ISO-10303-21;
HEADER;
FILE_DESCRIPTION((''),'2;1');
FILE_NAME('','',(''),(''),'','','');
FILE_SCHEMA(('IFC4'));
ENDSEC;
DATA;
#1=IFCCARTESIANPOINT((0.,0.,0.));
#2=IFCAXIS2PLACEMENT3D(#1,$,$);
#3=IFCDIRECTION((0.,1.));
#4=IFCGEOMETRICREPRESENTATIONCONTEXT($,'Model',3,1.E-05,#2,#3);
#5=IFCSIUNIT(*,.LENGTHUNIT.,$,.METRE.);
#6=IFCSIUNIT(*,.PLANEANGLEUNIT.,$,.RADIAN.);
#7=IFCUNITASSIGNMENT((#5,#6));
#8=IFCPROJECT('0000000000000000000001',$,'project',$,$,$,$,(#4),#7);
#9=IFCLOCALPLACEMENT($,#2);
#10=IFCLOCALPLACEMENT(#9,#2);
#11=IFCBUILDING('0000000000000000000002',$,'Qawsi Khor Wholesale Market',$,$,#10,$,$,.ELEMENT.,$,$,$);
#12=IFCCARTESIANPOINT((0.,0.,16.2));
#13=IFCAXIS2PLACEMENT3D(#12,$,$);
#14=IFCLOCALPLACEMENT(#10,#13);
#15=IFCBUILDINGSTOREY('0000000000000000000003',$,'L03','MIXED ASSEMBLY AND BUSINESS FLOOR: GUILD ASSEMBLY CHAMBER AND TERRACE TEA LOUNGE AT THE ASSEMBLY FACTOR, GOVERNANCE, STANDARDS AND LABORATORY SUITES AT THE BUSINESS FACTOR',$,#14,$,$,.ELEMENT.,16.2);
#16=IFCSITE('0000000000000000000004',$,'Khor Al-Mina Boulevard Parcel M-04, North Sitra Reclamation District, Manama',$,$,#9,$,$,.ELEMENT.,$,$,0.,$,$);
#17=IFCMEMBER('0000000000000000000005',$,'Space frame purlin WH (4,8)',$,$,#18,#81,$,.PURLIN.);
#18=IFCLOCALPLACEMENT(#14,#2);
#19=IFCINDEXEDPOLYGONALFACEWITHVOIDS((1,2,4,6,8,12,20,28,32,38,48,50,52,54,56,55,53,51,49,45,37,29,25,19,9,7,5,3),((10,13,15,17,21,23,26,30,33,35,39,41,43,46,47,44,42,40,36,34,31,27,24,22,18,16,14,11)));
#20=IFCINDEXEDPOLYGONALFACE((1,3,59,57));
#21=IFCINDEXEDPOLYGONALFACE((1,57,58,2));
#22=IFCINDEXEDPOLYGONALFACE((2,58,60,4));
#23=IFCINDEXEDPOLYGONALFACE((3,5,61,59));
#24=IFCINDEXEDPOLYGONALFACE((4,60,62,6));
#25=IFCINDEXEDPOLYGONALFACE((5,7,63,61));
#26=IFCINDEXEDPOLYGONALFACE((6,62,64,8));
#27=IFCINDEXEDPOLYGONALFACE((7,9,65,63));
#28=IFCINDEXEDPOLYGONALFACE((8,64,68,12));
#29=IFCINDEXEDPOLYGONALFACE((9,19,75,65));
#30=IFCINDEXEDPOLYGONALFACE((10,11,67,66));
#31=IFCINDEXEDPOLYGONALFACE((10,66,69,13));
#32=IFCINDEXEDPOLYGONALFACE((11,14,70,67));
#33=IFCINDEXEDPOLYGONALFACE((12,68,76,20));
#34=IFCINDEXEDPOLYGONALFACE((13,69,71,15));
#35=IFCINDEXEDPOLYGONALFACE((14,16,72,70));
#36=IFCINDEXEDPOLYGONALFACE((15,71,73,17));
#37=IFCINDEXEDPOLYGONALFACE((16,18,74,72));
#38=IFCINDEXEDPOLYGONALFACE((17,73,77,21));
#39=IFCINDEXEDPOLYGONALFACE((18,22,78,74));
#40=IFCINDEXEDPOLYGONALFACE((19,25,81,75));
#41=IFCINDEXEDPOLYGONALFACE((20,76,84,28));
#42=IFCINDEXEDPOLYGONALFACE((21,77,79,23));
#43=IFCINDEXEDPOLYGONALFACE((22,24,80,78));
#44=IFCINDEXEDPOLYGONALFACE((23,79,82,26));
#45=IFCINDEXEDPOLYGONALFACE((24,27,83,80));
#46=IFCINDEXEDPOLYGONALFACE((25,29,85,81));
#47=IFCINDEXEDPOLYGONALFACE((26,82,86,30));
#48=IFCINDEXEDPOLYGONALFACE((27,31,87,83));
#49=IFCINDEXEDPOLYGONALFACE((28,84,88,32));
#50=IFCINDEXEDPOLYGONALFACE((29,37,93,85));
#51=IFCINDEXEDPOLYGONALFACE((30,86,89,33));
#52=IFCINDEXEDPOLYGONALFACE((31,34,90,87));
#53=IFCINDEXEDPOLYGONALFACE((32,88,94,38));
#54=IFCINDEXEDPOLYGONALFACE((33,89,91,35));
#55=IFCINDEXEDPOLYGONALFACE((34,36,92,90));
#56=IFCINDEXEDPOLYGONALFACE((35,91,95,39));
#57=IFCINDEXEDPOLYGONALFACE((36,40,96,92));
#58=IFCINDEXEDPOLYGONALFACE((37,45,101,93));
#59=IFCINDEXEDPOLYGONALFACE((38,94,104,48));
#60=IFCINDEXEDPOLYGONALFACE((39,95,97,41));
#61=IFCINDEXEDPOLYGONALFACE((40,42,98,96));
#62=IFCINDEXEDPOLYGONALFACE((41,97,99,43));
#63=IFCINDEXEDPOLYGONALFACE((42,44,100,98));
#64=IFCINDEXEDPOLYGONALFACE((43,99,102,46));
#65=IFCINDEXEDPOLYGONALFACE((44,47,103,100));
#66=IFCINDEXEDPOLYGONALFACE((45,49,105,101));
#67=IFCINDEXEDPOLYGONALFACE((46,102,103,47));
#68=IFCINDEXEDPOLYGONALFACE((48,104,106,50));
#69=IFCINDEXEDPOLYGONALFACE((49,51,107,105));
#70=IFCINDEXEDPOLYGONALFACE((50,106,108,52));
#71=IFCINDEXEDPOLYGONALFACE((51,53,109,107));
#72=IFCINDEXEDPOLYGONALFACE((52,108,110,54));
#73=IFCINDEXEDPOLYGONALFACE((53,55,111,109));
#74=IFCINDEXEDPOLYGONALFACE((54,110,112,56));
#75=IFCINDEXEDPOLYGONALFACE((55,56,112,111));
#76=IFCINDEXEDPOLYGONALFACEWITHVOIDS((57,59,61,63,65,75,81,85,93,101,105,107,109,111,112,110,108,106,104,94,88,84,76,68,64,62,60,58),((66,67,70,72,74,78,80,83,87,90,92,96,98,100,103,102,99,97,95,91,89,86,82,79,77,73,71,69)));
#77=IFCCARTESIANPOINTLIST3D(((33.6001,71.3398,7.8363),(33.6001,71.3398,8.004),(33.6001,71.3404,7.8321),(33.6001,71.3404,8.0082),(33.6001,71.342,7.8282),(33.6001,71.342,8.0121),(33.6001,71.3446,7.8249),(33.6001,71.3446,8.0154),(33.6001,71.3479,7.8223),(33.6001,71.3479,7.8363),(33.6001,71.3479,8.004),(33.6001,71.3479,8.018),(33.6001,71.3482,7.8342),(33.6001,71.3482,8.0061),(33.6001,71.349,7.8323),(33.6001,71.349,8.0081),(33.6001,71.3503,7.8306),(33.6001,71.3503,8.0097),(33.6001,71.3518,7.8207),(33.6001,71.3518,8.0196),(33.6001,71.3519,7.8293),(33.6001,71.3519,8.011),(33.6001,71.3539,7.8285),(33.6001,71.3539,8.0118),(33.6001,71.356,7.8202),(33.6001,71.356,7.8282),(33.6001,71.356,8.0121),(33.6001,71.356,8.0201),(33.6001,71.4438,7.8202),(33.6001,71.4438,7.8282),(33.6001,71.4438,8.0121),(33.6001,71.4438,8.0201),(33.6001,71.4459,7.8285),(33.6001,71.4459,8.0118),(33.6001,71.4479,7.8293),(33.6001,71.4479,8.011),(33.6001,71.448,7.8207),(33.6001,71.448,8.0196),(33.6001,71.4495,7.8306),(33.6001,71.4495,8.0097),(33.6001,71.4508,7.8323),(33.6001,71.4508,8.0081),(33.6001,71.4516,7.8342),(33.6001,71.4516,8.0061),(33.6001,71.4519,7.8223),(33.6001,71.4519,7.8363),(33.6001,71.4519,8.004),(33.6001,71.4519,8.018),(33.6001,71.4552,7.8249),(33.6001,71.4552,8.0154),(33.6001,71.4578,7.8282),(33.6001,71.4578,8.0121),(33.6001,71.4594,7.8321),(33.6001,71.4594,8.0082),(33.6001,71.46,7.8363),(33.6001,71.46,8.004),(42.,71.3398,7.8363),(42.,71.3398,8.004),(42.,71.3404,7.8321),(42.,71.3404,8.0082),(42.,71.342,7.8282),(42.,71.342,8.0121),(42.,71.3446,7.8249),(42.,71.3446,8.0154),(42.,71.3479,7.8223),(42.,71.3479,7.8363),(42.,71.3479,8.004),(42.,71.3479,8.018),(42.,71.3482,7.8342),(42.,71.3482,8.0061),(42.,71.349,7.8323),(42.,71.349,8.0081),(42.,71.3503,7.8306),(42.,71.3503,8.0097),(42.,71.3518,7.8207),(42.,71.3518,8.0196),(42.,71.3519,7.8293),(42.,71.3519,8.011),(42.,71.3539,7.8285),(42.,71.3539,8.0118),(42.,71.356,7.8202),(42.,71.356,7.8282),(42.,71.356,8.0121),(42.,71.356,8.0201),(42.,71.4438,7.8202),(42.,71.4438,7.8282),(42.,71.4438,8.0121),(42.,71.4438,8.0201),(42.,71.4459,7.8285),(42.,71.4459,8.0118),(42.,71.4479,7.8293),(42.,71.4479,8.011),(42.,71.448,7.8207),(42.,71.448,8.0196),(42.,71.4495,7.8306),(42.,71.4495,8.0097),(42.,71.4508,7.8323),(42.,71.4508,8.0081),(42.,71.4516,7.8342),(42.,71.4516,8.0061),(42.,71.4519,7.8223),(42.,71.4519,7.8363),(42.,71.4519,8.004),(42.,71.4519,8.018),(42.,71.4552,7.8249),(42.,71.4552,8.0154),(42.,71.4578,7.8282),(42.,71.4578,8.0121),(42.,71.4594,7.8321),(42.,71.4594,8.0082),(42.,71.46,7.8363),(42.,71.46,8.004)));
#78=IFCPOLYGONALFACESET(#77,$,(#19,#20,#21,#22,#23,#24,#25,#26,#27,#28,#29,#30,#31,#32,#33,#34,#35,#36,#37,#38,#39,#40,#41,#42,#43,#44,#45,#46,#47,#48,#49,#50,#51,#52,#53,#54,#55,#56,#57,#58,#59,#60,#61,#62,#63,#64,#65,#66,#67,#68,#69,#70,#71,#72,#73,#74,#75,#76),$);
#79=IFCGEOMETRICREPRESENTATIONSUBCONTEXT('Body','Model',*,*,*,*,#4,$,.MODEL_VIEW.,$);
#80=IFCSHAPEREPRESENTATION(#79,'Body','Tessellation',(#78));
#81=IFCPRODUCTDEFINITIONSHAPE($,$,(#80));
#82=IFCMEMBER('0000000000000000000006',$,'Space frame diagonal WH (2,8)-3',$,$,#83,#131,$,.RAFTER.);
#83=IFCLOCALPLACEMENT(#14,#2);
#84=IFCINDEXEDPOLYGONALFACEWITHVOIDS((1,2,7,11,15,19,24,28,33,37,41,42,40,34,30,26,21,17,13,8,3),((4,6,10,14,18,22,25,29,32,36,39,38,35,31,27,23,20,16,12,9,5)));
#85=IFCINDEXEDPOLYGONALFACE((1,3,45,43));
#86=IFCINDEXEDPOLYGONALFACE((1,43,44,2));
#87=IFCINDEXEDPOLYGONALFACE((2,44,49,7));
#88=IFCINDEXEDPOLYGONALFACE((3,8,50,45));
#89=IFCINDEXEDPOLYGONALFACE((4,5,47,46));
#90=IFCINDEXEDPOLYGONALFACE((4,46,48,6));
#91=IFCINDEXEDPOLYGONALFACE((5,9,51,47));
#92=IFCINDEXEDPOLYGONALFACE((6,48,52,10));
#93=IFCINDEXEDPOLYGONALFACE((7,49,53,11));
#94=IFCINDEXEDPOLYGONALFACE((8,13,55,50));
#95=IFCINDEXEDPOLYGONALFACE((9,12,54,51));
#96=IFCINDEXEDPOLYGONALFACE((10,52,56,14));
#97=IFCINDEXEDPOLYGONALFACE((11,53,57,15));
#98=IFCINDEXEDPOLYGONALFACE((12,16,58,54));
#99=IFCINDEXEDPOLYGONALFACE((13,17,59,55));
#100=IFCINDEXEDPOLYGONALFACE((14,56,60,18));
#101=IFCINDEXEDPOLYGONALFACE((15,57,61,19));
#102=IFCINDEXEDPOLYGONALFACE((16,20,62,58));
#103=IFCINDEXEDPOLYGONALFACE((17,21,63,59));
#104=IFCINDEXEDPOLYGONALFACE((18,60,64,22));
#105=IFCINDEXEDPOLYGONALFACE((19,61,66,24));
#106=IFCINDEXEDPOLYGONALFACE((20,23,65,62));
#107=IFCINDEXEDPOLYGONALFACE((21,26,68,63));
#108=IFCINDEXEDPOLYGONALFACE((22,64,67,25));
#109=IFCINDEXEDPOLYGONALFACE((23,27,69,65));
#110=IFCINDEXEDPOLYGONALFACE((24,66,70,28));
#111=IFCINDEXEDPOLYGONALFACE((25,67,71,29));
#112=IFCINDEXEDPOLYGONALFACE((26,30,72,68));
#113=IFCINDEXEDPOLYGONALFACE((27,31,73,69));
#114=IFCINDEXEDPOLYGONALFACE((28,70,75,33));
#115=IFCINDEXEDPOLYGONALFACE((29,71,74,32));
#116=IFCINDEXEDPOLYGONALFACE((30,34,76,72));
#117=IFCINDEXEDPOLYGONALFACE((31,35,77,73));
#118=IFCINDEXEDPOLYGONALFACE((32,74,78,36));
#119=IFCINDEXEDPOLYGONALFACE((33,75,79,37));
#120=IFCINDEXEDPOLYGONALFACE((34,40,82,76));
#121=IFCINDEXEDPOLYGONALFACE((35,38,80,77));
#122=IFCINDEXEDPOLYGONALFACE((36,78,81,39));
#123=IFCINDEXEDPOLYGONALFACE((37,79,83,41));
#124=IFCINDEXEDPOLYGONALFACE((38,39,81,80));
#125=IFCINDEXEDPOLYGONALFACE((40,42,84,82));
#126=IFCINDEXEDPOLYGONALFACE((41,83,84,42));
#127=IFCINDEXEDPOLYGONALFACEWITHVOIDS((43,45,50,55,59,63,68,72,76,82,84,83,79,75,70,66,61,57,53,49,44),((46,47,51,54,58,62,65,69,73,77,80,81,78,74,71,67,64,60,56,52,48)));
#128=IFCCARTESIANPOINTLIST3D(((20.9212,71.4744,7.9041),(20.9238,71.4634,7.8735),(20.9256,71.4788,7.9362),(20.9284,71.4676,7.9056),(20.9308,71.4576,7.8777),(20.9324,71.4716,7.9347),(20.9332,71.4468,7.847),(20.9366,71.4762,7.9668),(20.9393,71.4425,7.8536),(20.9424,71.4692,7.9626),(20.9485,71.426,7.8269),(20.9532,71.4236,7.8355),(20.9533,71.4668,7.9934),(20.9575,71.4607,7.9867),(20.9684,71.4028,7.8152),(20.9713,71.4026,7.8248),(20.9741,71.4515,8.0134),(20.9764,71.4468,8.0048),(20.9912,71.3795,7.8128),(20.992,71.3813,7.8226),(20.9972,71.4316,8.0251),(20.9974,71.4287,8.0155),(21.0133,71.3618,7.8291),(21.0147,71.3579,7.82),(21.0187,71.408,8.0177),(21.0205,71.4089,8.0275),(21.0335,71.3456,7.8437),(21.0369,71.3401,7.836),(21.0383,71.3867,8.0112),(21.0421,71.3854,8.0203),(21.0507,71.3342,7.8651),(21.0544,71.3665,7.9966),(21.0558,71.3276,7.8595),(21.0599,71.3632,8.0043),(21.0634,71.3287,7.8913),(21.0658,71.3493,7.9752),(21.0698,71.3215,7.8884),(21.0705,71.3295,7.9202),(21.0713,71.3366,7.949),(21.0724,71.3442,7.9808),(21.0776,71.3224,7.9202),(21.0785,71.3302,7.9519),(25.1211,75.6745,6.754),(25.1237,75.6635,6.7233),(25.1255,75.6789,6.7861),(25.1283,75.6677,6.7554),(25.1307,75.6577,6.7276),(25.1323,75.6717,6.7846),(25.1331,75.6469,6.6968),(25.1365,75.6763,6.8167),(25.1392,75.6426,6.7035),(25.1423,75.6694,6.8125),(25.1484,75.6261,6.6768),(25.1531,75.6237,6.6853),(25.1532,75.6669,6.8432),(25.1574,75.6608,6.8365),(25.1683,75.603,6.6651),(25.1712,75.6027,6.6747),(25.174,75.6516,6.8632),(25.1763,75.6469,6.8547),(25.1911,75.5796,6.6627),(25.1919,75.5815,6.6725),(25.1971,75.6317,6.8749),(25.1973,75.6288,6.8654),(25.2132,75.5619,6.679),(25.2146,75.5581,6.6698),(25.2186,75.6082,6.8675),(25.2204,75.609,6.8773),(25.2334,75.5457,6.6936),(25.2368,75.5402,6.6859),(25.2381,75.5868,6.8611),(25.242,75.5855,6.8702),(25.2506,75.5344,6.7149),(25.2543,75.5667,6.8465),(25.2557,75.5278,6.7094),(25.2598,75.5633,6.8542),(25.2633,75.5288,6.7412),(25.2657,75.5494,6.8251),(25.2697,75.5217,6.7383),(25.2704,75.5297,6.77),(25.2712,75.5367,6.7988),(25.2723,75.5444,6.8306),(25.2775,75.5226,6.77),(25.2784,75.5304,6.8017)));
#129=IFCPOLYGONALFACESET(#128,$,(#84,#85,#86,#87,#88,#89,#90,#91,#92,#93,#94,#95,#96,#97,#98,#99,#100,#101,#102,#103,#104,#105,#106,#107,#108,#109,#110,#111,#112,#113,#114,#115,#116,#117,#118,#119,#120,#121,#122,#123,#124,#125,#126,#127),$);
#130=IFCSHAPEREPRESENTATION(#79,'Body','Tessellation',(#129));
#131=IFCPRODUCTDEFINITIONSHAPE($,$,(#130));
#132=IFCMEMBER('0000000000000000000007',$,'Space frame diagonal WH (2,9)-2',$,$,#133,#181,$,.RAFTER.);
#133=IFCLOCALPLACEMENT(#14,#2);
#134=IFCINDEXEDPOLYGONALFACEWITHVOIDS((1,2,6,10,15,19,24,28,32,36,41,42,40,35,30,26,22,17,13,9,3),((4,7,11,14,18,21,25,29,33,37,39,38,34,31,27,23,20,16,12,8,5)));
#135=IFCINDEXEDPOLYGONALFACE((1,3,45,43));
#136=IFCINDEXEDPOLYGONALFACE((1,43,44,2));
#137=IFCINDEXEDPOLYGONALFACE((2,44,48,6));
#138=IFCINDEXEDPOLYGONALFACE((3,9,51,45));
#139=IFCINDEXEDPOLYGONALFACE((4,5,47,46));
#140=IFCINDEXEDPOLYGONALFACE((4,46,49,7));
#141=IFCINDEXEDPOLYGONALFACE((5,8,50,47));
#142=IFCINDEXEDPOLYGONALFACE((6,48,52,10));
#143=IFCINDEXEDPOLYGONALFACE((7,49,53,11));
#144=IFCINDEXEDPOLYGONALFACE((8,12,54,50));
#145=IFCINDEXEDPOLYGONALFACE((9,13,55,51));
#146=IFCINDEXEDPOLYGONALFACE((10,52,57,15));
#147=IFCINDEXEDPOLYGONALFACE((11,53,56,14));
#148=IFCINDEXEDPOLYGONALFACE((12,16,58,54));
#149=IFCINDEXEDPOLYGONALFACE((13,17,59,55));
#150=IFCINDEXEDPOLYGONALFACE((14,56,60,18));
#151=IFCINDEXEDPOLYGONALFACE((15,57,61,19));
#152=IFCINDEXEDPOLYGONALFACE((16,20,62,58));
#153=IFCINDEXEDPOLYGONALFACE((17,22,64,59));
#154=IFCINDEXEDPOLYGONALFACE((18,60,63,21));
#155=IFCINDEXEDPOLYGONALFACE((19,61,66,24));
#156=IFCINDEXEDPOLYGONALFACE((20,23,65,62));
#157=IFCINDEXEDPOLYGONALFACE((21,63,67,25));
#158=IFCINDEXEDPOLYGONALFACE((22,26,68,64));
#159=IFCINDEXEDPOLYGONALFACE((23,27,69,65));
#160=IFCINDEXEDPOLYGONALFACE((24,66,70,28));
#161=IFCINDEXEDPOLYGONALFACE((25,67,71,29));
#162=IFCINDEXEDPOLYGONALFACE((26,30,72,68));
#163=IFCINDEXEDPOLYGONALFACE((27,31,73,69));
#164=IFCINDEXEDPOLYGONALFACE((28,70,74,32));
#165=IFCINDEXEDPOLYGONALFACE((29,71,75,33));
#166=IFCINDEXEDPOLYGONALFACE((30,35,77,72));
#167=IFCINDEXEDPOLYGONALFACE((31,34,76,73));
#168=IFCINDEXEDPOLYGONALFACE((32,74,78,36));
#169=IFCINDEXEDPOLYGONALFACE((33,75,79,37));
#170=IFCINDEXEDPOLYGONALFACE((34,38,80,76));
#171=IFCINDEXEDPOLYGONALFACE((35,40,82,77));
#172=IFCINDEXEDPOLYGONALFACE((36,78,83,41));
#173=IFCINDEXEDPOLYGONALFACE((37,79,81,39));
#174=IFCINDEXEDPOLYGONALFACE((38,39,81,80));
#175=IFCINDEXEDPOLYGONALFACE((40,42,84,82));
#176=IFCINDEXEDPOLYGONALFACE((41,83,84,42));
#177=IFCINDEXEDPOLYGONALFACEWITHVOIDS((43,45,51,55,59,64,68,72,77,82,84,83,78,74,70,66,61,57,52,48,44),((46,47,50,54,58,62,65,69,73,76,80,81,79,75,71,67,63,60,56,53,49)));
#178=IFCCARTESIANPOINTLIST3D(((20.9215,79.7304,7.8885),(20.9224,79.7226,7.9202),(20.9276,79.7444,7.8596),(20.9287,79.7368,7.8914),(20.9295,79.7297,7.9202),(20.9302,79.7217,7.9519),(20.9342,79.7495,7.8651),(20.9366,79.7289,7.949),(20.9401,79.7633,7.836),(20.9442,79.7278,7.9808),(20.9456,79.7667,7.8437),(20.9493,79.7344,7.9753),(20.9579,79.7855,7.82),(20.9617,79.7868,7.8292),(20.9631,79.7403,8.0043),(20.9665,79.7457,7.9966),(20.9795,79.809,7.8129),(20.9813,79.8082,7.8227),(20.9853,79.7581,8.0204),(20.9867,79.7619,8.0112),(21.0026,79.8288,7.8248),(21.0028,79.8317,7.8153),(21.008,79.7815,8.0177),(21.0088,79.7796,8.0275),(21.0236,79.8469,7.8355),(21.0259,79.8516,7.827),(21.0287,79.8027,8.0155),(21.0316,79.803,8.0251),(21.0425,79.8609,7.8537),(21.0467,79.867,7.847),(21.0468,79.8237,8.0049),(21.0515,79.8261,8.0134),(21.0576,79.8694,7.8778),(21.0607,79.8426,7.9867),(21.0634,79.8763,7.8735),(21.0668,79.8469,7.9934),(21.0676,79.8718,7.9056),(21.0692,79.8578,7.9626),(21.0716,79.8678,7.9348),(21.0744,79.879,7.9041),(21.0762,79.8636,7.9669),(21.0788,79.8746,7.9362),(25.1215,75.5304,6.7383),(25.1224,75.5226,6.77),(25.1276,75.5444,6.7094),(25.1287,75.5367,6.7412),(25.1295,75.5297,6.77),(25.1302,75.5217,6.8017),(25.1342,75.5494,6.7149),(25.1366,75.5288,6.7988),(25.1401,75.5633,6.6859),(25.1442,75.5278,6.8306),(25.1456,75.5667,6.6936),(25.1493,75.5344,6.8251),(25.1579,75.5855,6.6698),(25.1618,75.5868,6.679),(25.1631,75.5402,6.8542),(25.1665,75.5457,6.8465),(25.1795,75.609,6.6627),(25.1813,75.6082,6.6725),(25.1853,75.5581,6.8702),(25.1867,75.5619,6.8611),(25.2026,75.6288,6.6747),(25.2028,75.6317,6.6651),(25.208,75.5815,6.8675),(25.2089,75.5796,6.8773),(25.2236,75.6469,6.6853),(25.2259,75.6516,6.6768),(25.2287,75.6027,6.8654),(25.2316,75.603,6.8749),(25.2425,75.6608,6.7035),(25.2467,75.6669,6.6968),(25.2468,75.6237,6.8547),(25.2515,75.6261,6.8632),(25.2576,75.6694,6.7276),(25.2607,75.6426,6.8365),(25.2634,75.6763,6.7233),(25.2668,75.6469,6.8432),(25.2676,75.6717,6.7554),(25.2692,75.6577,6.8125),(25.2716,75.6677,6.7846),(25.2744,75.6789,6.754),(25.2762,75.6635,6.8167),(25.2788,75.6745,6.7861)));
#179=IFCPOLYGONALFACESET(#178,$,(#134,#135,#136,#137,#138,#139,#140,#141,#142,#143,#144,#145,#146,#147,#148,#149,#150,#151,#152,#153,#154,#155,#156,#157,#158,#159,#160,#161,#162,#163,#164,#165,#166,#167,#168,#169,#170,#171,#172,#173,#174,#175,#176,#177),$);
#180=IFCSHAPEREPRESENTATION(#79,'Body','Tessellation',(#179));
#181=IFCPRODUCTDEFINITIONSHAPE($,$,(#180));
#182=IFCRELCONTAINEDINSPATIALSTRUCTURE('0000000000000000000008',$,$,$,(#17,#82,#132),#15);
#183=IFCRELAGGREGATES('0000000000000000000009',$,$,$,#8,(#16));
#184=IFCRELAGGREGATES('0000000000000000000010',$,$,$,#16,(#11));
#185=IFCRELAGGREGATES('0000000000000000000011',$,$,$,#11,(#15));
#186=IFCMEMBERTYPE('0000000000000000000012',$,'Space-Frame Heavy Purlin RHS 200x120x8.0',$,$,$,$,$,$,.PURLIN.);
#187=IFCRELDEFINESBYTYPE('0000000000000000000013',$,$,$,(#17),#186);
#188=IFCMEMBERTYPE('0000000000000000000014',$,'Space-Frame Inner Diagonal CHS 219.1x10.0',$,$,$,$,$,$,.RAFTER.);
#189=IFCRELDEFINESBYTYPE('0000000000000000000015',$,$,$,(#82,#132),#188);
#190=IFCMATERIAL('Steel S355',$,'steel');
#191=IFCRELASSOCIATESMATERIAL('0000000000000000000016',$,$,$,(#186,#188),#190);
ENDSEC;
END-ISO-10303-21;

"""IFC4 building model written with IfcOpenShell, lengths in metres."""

from ifc_helpers import new_model, si_unit, direction, frame, origin, origin_2d, place, context, subcontext, project, spatial, hollow_rectangle, hollow_circle, extrude, material, material_profile, profile_set, type_object, element, save


model = new_model("IFC4")

# Units and contexts
model_context = context("Model", 3, precision=1e-05, world=origin(), true_north=direction((0.0, 1.0)))
body_context = subcontext(model_context, "Body", "Model", "MODEL_VIEW")
ifc_project = project(units=[si_unit("LENGTHUNIT", "METRE"), si_unit("PLANEANGLEUNIT", "RADIAN")], contexts=[model_context])

# Site, building, storey
site_placement = place(None, origin())
site = spatial("IfcSite", under=ifc_project, at=site_placement, Name="Khor Al-Mina Boulevard Parcel M-04, North Sitra Reclamation District, Manama", CompositionType="ELEMENT", RefElevation=0.0)
building_placement = place(site_placement, origin())
building = spatial("IfcBuilding", under=site, at=building_placement, Name="Qawsi Khor Wholesale Market", CompositionType="ELEMENT")
storey_placement = place(building_placement, frame((0.0, 0.0, 16.2)))
storey = spatial("IfcBuildingStorey", under=building, at=storey_placement, Name="L03", Description="MIXED ASSEMBLY AND BUSINESS FLOOR: GUILD ASSEMBLY CHAMBER AND TERRACE TEA LOUNGE AT THE ASSEMBLY FACTOR, GOVERNANCE, STANDARDS AND LABORATORY SUITES AT THE BUSINESS FACTOR", CompositionType="ELEMENT", Elevation=16.2)

# Members
ifc_material_1 = material(Name="Steel S355", Category="steel")
ifc_material_profile_1 = material_profile(ifc_material_1, hollow_rectangle(XDim=0.1201, YDim=0.2, WallThickness=0.0081, InnerFilletRadius=0.0081, OuterFilletRadius=0.0161, at=origin_2d()), Name="RHS 200x120x8.0")
ifc_profile_set_1 = profile_set([ifc_material_profile_1], Name="Steel S355")
member_type_1 = type_object("IfcMemberType", Name="Space-Frame Heavy Purlin RHS 200x120x8.0", PredefinedType="PURLIN", material=ifc_profile_set_1)
member_1_placement = place(storey_placement, frame((33.6001, 71.3999, 7.9202), z_axis=(1.0, 0.0, 0.0), x_axis=(0.0, 1.0, 0.0)))
element("IfcMember", 1, at=member_1_placement, inside=storey, type_object=member_type_1, Name="Space frame purlin WH (4,8)", PredefinedType="PURLIN", context=body_context, shape_type="SweptSolid", body=[
    extrude(hollow_rectangle(XDim=0.1201, YDim=0.2, WallThickness=0.0081, InnerFilletRadius=0.0081, OuterFilletRadius=0.0161, at=origin_2d()), origin(), (0.0, 0.0, 1.0), 8.3999),
])
ifc_material_profile_2 = material_profile(ifc_material_1, hollow_circle(Radius=0.1096, WallThickness=0.01, at=origin_2d()), Name="CHS 219.1x10.0")
ifc_profile_set_2 = profile_set([ifc_material_profile_2], Name="Steel S355")
member_type_2 = type_object("IfcMemberType", Name="Space-Frame Inner Diagonal CHS 219.1x10.0", PredefinedType="RAFTER", material=ifc_profile_set_2)
for number, where, z_axis, x_axis, name in (
    (2, (25.2, 75.6001, 6.77), (-0.694192, -0.694232, 0.190103), (0.707127, -0.707086, 0.0), "Space frame diagonal WH (2,8)-3"),
    (3, (25.2, 75.6001, 6.77), (-0.694211, 0.694211, 0.190108), (-0.707107, -0.707107, 0.0), "Space frame diagonal WH (2,9)-2"),
):
    element("IfcMember", number, at=place(storey_placement, frame(where, z_axis=z_axis, x_axis=x_axis)), inside=storey, type_object=member_type_2, Name=name, PredefinedType="RAFTER", context=body_context, shape_type="SweptSolid", body=[
        extrude(hollow_circle(Radius=0.1096, WallThickness=0.01, at=origin_2d()), origin(), (0.0, 0.0, 1.0), 6.05),
    ])

save(model, "model.ifc")
